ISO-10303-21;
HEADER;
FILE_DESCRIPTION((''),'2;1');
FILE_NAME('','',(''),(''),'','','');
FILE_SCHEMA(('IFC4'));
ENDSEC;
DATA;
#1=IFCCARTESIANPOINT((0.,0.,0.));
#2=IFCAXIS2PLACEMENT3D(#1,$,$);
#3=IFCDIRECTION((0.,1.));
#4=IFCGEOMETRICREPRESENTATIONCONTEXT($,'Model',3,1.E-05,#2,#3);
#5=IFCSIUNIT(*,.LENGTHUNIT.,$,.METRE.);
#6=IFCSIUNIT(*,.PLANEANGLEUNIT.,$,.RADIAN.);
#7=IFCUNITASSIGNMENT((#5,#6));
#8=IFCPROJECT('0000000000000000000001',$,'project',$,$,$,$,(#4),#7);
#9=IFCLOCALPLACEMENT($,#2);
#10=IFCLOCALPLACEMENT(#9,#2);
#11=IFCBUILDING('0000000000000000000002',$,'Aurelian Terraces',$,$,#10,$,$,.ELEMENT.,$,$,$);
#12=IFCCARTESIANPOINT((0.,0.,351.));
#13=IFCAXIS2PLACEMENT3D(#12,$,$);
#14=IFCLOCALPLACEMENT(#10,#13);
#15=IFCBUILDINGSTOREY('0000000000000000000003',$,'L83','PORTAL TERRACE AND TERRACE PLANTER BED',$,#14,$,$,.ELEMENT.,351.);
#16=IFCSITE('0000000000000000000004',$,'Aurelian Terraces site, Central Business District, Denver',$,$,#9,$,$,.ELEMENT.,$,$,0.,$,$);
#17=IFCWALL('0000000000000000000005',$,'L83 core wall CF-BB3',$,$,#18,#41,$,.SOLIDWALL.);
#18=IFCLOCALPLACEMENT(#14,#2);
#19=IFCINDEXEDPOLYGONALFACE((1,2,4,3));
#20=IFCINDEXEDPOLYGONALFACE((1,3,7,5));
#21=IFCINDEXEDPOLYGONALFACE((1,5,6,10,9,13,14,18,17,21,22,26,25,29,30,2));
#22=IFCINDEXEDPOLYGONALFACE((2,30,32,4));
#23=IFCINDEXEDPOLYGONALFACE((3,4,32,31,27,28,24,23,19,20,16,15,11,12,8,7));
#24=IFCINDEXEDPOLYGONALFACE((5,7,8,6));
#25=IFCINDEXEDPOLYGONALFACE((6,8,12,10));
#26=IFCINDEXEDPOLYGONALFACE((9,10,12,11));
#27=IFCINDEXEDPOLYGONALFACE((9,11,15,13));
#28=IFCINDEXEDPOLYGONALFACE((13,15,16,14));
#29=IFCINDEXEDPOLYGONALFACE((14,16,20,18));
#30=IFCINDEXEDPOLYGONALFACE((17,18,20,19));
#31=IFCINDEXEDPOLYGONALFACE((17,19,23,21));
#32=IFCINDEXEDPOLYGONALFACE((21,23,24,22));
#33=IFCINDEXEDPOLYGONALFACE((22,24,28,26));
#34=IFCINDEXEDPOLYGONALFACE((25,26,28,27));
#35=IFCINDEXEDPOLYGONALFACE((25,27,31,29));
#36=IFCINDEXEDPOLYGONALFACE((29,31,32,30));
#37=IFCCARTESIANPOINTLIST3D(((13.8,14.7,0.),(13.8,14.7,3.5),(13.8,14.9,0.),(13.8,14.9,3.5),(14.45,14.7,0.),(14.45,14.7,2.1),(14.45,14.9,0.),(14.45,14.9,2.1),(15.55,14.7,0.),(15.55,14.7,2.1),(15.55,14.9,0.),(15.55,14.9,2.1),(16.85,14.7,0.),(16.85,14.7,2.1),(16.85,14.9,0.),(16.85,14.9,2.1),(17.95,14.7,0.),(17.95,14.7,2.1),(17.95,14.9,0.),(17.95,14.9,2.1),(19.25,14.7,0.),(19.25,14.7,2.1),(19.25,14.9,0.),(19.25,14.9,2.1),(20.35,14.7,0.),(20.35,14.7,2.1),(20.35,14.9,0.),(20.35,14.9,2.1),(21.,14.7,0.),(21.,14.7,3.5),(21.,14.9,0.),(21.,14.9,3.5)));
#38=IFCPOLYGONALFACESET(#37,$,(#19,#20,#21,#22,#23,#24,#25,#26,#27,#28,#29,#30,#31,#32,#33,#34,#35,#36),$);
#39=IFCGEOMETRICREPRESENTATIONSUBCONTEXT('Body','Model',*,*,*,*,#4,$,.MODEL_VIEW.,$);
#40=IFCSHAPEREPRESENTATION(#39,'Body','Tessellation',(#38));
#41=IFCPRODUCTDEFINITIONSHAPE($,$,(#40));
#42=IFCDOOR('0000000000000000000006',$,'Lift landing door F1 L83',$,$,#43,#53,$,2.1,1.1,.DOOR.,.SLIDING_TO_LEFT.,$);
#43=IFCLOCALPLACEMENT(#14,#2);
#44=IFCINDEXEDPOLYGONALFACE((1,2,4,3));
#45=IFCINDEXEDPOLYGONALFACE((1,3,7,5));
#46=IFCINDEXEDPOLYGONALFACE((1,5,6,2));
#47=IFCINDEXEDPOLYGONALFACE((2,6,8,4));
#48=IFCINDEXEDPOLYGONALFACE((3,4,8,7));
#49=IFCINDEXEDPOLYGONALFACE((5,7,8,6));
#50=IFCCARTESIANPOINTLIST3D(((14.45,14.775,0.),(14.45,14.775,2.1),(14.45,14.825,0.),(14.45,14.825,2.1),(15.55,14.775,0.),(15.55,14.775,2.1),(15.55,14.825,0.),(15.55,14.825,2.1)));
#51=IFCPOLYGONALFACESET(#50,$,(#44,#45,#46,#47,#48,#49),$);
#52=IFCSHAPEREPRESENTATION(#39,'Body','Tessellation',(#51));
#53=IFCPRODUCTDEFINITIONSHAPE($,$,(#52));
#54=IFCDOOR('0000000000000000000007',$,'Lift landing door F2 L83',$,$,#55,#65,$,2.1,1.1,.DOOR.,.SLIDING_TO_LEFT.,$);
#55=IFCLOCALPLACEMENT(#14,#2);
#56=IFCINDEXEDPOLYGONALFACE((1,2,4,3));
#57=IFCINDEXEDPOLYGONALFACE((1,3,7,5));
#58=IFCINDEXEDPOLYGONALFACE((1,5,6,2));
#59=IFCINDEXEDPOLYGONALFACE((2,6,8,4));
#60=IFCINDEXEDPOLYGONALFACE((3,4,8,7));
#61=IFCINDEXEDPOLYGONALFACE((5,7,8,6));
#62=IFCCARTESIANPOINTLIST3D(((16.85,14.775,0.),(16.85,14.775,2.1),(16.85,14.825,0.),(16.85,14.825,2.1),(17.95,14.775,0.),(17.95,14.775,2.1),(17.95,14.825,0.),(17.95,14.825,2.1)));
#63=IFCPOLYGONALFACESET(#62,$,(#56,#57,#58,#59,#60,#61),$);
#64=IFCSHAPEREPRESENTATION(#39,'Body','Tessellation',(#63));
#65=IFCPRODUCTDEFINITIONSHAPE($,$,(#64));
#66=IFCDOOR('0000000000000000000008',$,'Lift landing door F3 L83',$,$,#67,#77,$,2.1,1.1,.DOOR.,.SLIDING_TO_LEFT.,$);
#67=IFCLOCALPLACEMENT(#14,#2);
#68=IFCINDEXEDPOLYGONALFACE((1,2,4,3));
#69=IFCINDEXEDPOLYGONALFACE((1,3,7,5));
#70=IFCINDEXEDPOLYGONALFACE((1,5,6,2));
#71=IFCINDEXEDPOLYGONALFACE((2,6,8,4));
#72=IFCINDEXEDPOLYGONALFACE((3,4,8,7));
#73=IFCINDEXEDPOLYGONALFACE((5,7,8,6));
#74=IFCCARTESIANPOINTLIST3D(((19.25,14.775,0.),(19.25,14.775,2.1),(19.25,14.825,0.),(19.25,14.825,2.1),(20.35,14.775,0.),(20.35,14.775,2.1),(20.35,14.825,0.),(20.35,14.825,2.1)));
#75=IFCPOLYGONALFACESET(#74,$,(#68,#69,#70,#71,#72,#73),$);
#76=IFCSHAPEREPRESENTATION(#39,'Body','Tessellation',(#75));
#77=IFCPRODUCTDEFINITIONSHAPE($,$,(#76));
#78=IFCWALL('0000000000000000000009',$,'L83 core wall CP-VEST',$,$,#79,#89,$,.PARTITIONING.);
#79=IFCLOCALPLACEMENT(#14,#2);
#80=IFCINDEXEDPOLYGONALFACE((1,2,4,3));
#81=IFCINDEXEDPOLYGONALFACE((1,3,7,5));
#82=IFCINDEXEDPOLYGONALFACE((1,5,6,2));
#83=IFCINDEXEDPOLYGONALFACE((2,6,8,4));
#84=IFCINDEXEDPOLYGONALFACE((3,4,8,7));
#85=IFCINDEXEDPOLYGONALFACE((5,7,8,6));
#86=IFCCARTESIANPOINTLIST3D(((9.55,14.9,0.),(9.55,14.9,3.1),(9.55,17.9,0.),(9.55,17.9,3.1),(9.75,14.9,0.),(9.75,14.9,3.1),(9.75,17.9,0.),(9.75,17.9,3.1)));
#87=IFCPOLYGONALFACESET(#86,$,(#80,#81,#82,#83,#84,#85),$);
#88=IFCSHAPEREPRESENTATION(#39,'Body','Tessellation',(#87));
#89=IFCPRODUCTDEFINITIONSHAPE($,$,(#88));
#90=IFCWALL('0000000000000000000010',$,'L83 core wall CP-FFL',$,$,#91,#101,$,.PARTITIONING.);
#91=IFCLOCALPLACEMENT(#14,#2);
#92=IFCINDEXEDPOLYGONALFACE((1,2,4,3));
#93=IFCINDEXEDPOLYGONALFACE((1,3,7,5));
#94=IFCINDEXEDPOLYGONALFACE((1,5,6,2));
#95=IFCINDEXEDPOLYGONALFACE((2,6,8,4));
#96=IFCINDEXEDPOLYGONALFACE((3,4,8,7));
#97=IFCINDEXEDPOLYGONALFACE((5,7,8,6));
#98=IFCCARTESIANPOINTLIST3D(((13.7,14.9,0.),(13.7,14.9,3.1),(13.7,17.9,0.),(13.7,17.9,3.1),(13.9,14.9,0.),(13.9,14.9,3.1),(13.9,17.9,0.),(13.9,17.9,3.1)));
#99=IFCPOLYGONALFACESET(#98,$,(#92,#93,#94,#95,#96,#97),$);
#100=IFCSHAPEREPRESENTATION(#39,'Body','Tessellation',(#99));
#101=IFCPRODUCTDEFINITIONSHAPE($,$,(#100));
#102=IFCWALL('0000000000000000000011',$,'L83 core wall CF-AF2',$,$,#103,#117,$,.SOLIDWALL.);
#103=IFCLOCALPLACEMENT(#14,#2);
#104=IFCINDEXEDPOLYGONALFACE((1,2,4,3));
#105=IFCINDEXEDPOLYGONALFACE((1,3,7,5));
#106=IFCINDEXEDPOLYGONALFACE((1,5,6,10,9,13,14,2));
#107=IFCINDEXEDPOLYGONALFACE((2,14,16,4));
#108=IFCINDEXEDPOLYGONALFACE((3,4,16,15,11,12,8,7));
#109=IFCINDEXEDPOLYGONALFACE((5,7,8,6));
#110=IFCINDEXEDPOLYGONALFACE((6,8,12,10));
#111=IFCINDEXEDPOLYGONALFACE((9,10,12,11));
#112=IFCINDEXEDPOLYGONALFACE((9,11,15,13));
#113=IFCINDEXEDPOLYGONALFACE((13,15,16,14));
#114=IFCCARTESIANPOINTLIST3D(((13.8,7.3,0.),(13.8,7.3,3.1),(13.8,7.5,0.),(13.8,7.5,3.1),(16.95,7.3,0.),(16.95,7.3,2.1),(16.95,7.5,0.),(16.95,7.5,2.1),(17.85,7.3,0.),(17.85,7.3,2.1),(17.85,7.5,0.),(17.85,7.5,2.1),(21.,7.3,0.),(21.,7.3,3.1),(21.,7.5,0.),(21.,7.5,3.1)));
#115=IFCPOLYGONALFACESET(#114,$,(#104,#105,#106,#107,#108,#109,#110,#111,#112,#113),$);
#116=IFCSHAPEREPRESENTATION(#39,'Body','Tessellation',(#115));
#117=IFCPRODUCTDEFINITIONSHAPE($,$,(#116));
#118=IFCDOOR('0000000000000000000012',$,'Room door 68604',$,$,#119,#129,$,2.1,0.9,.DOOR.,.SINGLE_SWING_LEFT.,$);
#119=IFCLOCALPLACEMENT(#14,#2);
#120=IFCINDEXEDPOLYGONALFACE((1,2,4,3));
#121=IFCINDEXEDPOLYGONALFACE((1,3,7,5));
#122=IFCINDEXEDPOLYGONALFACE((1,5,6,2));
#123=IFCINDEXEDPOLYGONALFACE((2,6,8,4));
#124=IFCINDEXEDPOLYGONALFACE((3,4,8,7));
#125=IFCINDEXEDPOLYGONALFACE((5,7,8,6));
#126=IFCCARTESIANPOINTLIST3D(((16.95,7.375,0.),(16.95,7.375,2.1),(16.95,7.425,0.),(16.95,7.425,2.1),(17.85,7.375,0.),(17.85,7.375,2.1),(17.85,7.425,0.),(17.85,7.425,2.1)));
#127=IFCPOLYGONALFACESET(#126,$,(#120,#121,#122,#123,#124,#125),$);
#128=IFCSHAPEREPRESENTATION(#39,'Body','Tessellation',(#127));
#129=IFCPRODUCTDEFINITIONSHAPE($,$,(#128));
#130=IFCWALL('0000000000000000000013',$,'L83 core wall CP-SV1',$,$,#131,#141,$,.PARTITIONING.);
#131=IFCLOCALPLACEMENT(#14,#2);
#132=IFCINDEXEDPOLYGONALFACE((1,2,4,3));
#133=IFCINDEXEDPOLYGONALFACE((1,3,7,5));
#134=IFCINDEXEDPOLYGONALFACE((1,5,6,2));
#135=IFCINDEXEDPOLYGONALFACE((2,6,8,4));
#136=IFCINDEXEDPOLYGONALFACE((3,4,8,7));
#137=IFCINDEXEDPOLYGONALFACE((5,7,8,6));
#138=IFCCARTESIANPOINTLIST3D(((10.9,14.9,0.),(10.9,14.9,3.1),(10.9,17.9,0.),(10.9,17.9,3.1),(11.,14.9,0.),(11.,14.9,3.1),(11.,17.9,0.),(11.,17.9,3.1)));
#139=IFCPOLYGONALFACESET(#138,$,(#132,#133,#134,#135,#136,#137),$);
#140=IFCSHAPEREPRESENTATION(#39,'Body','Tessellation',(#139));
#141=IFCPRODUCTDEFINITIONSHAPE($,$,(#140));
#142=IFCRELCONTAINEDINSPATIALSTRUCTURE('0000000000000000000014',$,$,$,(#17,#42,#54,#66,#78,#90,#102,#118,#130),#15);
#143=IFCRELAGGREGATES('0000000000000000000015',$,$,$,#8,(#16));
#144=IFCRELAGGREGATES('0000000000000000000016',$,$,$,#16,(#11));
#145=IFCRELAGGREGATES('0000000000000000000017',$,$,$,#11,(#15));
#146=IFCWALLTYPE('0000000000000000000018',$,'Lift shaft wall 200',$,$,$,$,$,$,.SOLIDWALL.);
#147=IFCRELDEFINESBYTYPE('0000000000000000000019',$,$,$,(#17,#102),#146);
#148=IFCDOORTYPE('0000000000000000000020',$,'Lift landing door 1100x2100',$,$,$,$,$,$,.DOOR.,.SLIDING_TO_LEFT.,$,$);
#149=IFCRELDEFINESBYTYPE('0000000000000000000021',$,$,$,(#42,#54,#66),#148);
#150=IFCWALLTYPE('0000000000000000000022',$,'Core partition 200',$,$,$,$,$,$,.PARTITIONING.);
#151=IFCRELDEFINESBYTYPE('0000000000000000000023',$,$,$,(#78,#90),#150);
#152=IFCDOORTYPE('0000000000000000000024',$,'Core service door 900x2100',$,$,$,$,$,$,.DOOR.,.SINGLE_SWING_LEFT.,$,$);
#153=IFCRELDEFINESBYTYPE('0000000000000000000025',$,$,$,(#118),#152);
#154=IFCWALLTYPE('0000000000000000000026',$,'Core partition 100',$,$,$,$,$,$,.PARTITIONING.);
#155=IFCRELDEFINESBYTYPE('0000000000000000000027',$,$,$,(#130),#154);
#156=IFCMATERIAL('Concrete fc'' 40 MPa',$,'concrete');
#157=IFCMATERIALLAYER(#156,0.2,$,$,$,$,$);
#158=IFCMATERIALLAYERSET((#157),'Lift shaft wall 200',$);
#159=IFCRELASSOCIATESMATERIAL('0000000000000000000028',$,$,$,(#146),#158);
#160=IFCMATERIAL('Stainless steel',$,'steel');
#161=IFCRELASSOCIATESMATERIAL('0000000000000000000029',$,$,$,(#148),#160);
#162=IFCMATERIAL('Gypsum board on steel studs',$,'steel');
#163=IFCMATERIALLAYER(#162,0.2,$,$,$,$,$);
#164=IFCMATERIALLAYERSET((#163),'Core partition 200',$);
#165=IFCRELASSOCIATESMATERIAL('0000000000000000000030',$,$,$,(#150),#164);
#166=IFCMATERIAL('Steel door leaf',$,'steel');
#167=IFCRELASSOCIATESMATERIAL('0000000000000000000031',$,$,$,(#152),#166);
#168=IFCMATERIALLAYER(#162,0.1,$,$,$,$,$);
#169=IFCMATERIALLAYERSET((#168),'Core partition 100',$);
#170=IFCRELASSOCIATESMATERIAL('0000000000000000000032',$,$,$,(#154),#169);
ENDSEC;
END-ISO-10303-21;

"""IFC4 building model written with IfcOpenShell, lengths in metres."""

from ifc_helpers import new_model, si_unit, direction, frame, frame_2d, origin, place, context, subcontext, project, spatial, rectangle, extrude, source, transform, mapped, material, layer, layer_set, type_object, element, fill, save


model = new_model("IFC4")

# Units and contexts
model_context = context("Model", 3, precision=1e-05, world=origin(), true_north=direction((0.0, 1.0)))
body_context = subcontext(model_context, "Body", "Model", "MODEL_VIEW")
ifc_project = project(units=[si_unit("LENGTHUNIT", "METRE"), si_unit("PLANEANGLEUNIT", "RADIAN")], contexts=[model_context])

# Site, building, storey
site_placement = place(None, origin())
site = spatial("IfcSite", under=ifc_project, at=site_placement, Name="Aurelian Terraces site, Central Business District, Denver", CompositionType="ELEMENT", RefElevation=0.0)
building_placement = place(site_placement, origin())
building = spatial("IfcBuilding", under=site, at=building_placement, Name="Aurelian Terraces", CompositionType="ELEMENT")
storey_placement = place(building_placement, frame((0.0, 0.0, 351.0)))
storey = spatial("IfcBuildingStorey", under=building, at=storey_placement, Name="L83", Description="PORTAL TERRACE AND TERRACE PLANTER BED", CompositionType="ELEMENT", Elevation=351.0)

# Shared definitions
ifc_material_1 = material(Name="Concrete fc' 40 MPa", Category="concrete")
ifc_layer_1 = layer(ifc_material_1, 0.2)
ifc_layer_set_1 = layer_set([ifc_layer_1], Name="Lift shaft wall 200")
wall_type_1 = type_object("IfcWallType", Name="Lift shaft wall 200", PredefinedType="SOLIDWALL", material=ifc_layer_set_1)

# Shared definitions
shared_shape_1 = source(origin(), body_context, "Body", "SweptSolid", [
    extrude(rectangle(XDim=0.9, YDim=2.1, at=frame_2d((0.45, 1.05))), frame((0.0, 0.11, 0.0), z_axis=(0.0, -1.0, 0.0), x_axis=(1.0, 0.0, 0.0)), (0.0, 0.0, 1.0), 0.22),
])
ifc_material_2 = material(Name="Steel door leaf", Category="steel")
shared_shape_2 = source(origin(), body_context, "Body", "SweptSolid", [
    extrude(rectangle(XDim=0.9, YDim=2.1, at=frame_2d((0.45, 1.05))), frame((0.0, 0.025, 0.0), z_axis=(0.0, -1.0, 0.0), x_axis=(1.0, 0.0, 0.0)), (0.0, 0.0, 1.0), 0.05),
])
shared_shape_3 = source(origin(), body_context, "Body", "SweptSolid", [
    extrude(rectangle(XDim=1.1, YDim=2.1, at=frame_2d((0.55, 1.05))), frame((0.0, 0.11, 0.0), z_axis=(0.0, -1.0, 0.0), x_axis=(1.0, 0.0, 0.0)), (0.0, 0.0, 1.0), 0.22),
])
shared_shape_4 = source(origin(), body_context, "Body", "SweptSolid", [
    extrude(rectangle(XDim=1.1, YDim=2.1, at=frame_2d((0.55, 1.05))), frame((0.0, 0.025, 0.0), z_axis=(0.0, -1.0, 0.0), x_axis=(1.0, 0.0, 0.0)), (0.0, 0.0, 1.0), 0.05),
])

# Shared definitions
shared_shape_5 = source(origin(), body_context, "Body", "SweptSolid", [
    extrude(rectangle(XDim=7.2, YDim=0.2, at=frame_2d((3.6, 0.0))), origin(), (0.0, 0.0, 1.0), 3.5),
])

# Wall, openings, doors
wall_1_placement = place(storey_placement, frame((13.8, 14.8, 0.0), z_axis=(0.0, 0.0, 1.0), x_axis=(1.0, 0.0, 0.0)))
wall_1 = element("IfcWall", 1, at=wall_1_placement, inside=storey, type_object=wall_type_1, Name="L83 core wall CF-BB3", PredefinedType="SOLIDWALL", context=body_context, shape_type="MappedRepresentation", body=[
    mapped(shared_shape_5, transform((0.0, 0.0, 0.0), scale=1.0)),
])
opening_1_placement = place(wall_1_placement, frame((0.65, 0.0, 0.0)))
opening_1 = element("IfcOpeningElement", 2, at=opening_1_placement, cuts=wall_1, PredefinedType="OPENING", context=body_context, shape_type="MappedRepresentation", body=[
    mapped(shared_shape_3, transform((0.0, 0.0, 0.0), scale=1.0)),
])
opening_2_placement = place(wall_1_placement, frame((3.05, 0.0, 0.0)))
opening_2 = element("IfcOpeningElement", 3, at=opening_2_placement, cuts=wall_1, PredefinedType="OPENING", context=body_context, shape_type="MappedRepresentation", body=[
    mapped(shared_shape_3, transform((0.0, 0.0, 0.0), scale=1.0)),
])
opening_3_placement = place(wall_1_placement, frame((5.45, 0.0, 0.0)))
opening_3 = element("IfcOpeningElement", 4, at=opening_3_placement, cuts=wall_1, PredefinedType="OPENING", context=body_context, shape_type="MappedRepresentation", body=[
    mapped(shared_shape_3, transform((0.0, 0.0, 0.0), scale=1.0)),
])
ifc_material_3 = material(Name="Stainless steel", Category="steel")
door_type_1 = type_object("IfcDoorType", Name="Lift landing door 1100x2100", OperationType="SLIDING_TO_LEFT", PredefinedType="DOOR", material=ifc_material_3)
door_1_placement = place(opening_1_placement, origin())
door_1 = element("IfcDoor", 5, at=door_1_placement, inside=storey, type_object=door_type_1, Name="Lift landing door F1 L83", OperationType="SLIDING_TO_LEFT", OverallHeight=2.1, OverallWidth=1.1, PredefinedType="DOOR", context=body_context, shape_type="MappedRepresentation", body=[
    mapped(shared_shape_4, transform((0.0, 0.0, 0.0), scale=1.0)),
])
fill(opening_1, door_1)
door_2_placement = place(opening_2_placement, origin())
door_2 = element("IfcDoor", 6, at=door_2_placement, inside=storey, type_object=door_type_1, Name="Lift landing door F2 L83", OperationType="SLIDING_TO_LEFT", OverallHeight=2.1, OverallWidth=1.1, PredefinedType="DOOR", context=body_context, shape_type="MappedRepresentation", body=[
    mapped(shared_shape_4, transform((0.0, 0.0, 0.0), scale=1.0)),
])
fill(opening_2, door_2)
door_3_placement = place(opening_3_placement, origin())
door_3 = element("IfcDoor", 7, at=door_3_placement, inside=storey, type_object=door_type_1, Name="Lift landing door F3 L83", OperationType="SLIDING_TO_LEFT", OverallHeight=2.1, OverallWidth=1.1, PredefinedType="DOOR", context=body_context, shape_type="MappedRepresentation", body=[
    mapped(shared_shape_4, transform((0.0, 0.0, 0.0), scale=1.0)),
])
fill(opening_3, door_3)

# Walls
ifc_material_4 = material(Name="Gypsum board on steel studs", Category="steel")
ifc_layer_2 = layer(ifc_material_4, 0.2)
ifc_layer_set_2 = layer_set([ifc_layer_2], Name="Core partition 200")
wall_type_2 = type_object("IfcWallType", Name="Core partition 200", PredefinedType="PARTITIONING", material=ifc_layer_set_2)
shared_shape_6 = source(origin(), body_context, "Body", "SweptSolid", [
    extrude(rectangle(XDim=3.0, YDim=0.2, at=frame_2d((1.5, 0.0))), origin(), (0.0, 0.0, 1.0), 3.1),
])
for number, where, z_axis, x_axis, name in (
    (8, (9.65, 14.9, 0.0), (0.0, 0.0, 1.0), (0.0, 1.0, 0.0), "L83 core wall CP-VEST"),
    (9, (13.8, 14.9, 0.0), (0.0, 0.0, 1.0), (0.0, 1.0, 0.0), "L83 core wall CP-FFL"),
):
    element("IfcWall", number, at=place(storey_placement, frame(where, z_axis=z_axis, x_axis=x_axis)), inside=storey, type_object=wall_type_2, Name=name, PredefinedType="PARTITIONING", context=body_context, shape_type="MappedRepresentation", body=[
        mapped(shared_shape_6, transform((0.0, 0.0, 0.0), scale=1.0)),
    ])

# Wall, opening, door
shared_shape_7 = source(origin(), body_context, "Body", "SweptSolid", [
    extrude(rectangle(XDim=7.2, YDim=0.2, at=frame_2d((3.6, 0.0))), origin(), (0.0, 0.0, 1.0), 3.1),
])
wall_2_placement = place(storey_placement, frame((13.8, 7.4, 0.0), z_axis=(0.0, 0.0, 1.0), x_axis=(1.0, 0.0, 0.0)))
wall_2 = element("IfcWall", 10, at=wall_2_placement, inside=storey, type_object=wall_type_1, Name="L83 core wall CF-AF2", PredefinedType="SOLIDWALL", context=body_context, shape_type="MappedRepresentation", body=[
    mapped(shared_shape_7, transform((0.0, 0.0, 0.0), scale=1.0)),
])
opening_4_placement = place(wall_2_placement, frame((3.15, 0.0, 0.0)))
opening_4 = element("IfcOpeningElement", 11, at=opening_4_placement, cuts=wall_2, PredefinedType="OPENING", context=body_context, shape_type="MappedRepresentation", body=[
    mapped(shared_shape_1, transform((0.0, 0.0, 0.0), scale=1.0)),
])
door_type_2 = type_object("IfcDoorType", Name="Core service door 900x2100", OperationType="SINGLE_SWING_LEFT", PredefinedType="DOOR", material=ifc_material_2)
door_4_placement = place(opening_4_placement, origin())
door_4 = element("IfcDoor", 12, at=door_4_placement, inside=storey, type_object=door_type_2, Name="Room door 68604", OperationType="SINGLE_SWING_LEFT", OverallHeight=2.1, OverallWidth=0.9, PredefinedType="DOOR", context=body_context, shape_type="MappedRepresentation", body=[
    mapped(shared_shape_2, transform((0.0, 0.0, 0.0), scale=1.0)),
])
fill(opening_4, door_4)

# Wall
ifc_layer_3 = layer(ifc_material_4, 0.1)
ifc_layer_set_3 = layer_set([ifc_layer_3], Name="Core partition 100")
wall_type_3 = type_object("IfcWallType", Name="Core partition 100", PredefinedType="PARTITIONING", material=ifc_layer_set_3)
shared_shape_8 = source(origin(), body_context, "Body", "SweptSolid", [
    extrude(rectangle(XDim=3.0, YDim=0.1, at=frame_2d((1.5, 0.0))), origin(), (0.0, 0.0, 1.0), 3.1),
])
wall_3_placement = place(storey_placement, frame((10.95, 14.9, 0.0), z_axis=(0.0, 0.0, 1.0), x_axis=(0.0, 1.0, 0.0)))
element("IfcWall", 13, at=wall_3_placement, inside=storey, type_object=wall_type_3, Name="L83 core wall CP-SV1", PredefinedType="PARTITIONING", context=body_context, shape_type="MappedRepresentation", body=[
    mapped(shared_shape_8, transform((0.0, 0.0, 0.0), scale=1.0)),
])

save(model, "model.ifc")
